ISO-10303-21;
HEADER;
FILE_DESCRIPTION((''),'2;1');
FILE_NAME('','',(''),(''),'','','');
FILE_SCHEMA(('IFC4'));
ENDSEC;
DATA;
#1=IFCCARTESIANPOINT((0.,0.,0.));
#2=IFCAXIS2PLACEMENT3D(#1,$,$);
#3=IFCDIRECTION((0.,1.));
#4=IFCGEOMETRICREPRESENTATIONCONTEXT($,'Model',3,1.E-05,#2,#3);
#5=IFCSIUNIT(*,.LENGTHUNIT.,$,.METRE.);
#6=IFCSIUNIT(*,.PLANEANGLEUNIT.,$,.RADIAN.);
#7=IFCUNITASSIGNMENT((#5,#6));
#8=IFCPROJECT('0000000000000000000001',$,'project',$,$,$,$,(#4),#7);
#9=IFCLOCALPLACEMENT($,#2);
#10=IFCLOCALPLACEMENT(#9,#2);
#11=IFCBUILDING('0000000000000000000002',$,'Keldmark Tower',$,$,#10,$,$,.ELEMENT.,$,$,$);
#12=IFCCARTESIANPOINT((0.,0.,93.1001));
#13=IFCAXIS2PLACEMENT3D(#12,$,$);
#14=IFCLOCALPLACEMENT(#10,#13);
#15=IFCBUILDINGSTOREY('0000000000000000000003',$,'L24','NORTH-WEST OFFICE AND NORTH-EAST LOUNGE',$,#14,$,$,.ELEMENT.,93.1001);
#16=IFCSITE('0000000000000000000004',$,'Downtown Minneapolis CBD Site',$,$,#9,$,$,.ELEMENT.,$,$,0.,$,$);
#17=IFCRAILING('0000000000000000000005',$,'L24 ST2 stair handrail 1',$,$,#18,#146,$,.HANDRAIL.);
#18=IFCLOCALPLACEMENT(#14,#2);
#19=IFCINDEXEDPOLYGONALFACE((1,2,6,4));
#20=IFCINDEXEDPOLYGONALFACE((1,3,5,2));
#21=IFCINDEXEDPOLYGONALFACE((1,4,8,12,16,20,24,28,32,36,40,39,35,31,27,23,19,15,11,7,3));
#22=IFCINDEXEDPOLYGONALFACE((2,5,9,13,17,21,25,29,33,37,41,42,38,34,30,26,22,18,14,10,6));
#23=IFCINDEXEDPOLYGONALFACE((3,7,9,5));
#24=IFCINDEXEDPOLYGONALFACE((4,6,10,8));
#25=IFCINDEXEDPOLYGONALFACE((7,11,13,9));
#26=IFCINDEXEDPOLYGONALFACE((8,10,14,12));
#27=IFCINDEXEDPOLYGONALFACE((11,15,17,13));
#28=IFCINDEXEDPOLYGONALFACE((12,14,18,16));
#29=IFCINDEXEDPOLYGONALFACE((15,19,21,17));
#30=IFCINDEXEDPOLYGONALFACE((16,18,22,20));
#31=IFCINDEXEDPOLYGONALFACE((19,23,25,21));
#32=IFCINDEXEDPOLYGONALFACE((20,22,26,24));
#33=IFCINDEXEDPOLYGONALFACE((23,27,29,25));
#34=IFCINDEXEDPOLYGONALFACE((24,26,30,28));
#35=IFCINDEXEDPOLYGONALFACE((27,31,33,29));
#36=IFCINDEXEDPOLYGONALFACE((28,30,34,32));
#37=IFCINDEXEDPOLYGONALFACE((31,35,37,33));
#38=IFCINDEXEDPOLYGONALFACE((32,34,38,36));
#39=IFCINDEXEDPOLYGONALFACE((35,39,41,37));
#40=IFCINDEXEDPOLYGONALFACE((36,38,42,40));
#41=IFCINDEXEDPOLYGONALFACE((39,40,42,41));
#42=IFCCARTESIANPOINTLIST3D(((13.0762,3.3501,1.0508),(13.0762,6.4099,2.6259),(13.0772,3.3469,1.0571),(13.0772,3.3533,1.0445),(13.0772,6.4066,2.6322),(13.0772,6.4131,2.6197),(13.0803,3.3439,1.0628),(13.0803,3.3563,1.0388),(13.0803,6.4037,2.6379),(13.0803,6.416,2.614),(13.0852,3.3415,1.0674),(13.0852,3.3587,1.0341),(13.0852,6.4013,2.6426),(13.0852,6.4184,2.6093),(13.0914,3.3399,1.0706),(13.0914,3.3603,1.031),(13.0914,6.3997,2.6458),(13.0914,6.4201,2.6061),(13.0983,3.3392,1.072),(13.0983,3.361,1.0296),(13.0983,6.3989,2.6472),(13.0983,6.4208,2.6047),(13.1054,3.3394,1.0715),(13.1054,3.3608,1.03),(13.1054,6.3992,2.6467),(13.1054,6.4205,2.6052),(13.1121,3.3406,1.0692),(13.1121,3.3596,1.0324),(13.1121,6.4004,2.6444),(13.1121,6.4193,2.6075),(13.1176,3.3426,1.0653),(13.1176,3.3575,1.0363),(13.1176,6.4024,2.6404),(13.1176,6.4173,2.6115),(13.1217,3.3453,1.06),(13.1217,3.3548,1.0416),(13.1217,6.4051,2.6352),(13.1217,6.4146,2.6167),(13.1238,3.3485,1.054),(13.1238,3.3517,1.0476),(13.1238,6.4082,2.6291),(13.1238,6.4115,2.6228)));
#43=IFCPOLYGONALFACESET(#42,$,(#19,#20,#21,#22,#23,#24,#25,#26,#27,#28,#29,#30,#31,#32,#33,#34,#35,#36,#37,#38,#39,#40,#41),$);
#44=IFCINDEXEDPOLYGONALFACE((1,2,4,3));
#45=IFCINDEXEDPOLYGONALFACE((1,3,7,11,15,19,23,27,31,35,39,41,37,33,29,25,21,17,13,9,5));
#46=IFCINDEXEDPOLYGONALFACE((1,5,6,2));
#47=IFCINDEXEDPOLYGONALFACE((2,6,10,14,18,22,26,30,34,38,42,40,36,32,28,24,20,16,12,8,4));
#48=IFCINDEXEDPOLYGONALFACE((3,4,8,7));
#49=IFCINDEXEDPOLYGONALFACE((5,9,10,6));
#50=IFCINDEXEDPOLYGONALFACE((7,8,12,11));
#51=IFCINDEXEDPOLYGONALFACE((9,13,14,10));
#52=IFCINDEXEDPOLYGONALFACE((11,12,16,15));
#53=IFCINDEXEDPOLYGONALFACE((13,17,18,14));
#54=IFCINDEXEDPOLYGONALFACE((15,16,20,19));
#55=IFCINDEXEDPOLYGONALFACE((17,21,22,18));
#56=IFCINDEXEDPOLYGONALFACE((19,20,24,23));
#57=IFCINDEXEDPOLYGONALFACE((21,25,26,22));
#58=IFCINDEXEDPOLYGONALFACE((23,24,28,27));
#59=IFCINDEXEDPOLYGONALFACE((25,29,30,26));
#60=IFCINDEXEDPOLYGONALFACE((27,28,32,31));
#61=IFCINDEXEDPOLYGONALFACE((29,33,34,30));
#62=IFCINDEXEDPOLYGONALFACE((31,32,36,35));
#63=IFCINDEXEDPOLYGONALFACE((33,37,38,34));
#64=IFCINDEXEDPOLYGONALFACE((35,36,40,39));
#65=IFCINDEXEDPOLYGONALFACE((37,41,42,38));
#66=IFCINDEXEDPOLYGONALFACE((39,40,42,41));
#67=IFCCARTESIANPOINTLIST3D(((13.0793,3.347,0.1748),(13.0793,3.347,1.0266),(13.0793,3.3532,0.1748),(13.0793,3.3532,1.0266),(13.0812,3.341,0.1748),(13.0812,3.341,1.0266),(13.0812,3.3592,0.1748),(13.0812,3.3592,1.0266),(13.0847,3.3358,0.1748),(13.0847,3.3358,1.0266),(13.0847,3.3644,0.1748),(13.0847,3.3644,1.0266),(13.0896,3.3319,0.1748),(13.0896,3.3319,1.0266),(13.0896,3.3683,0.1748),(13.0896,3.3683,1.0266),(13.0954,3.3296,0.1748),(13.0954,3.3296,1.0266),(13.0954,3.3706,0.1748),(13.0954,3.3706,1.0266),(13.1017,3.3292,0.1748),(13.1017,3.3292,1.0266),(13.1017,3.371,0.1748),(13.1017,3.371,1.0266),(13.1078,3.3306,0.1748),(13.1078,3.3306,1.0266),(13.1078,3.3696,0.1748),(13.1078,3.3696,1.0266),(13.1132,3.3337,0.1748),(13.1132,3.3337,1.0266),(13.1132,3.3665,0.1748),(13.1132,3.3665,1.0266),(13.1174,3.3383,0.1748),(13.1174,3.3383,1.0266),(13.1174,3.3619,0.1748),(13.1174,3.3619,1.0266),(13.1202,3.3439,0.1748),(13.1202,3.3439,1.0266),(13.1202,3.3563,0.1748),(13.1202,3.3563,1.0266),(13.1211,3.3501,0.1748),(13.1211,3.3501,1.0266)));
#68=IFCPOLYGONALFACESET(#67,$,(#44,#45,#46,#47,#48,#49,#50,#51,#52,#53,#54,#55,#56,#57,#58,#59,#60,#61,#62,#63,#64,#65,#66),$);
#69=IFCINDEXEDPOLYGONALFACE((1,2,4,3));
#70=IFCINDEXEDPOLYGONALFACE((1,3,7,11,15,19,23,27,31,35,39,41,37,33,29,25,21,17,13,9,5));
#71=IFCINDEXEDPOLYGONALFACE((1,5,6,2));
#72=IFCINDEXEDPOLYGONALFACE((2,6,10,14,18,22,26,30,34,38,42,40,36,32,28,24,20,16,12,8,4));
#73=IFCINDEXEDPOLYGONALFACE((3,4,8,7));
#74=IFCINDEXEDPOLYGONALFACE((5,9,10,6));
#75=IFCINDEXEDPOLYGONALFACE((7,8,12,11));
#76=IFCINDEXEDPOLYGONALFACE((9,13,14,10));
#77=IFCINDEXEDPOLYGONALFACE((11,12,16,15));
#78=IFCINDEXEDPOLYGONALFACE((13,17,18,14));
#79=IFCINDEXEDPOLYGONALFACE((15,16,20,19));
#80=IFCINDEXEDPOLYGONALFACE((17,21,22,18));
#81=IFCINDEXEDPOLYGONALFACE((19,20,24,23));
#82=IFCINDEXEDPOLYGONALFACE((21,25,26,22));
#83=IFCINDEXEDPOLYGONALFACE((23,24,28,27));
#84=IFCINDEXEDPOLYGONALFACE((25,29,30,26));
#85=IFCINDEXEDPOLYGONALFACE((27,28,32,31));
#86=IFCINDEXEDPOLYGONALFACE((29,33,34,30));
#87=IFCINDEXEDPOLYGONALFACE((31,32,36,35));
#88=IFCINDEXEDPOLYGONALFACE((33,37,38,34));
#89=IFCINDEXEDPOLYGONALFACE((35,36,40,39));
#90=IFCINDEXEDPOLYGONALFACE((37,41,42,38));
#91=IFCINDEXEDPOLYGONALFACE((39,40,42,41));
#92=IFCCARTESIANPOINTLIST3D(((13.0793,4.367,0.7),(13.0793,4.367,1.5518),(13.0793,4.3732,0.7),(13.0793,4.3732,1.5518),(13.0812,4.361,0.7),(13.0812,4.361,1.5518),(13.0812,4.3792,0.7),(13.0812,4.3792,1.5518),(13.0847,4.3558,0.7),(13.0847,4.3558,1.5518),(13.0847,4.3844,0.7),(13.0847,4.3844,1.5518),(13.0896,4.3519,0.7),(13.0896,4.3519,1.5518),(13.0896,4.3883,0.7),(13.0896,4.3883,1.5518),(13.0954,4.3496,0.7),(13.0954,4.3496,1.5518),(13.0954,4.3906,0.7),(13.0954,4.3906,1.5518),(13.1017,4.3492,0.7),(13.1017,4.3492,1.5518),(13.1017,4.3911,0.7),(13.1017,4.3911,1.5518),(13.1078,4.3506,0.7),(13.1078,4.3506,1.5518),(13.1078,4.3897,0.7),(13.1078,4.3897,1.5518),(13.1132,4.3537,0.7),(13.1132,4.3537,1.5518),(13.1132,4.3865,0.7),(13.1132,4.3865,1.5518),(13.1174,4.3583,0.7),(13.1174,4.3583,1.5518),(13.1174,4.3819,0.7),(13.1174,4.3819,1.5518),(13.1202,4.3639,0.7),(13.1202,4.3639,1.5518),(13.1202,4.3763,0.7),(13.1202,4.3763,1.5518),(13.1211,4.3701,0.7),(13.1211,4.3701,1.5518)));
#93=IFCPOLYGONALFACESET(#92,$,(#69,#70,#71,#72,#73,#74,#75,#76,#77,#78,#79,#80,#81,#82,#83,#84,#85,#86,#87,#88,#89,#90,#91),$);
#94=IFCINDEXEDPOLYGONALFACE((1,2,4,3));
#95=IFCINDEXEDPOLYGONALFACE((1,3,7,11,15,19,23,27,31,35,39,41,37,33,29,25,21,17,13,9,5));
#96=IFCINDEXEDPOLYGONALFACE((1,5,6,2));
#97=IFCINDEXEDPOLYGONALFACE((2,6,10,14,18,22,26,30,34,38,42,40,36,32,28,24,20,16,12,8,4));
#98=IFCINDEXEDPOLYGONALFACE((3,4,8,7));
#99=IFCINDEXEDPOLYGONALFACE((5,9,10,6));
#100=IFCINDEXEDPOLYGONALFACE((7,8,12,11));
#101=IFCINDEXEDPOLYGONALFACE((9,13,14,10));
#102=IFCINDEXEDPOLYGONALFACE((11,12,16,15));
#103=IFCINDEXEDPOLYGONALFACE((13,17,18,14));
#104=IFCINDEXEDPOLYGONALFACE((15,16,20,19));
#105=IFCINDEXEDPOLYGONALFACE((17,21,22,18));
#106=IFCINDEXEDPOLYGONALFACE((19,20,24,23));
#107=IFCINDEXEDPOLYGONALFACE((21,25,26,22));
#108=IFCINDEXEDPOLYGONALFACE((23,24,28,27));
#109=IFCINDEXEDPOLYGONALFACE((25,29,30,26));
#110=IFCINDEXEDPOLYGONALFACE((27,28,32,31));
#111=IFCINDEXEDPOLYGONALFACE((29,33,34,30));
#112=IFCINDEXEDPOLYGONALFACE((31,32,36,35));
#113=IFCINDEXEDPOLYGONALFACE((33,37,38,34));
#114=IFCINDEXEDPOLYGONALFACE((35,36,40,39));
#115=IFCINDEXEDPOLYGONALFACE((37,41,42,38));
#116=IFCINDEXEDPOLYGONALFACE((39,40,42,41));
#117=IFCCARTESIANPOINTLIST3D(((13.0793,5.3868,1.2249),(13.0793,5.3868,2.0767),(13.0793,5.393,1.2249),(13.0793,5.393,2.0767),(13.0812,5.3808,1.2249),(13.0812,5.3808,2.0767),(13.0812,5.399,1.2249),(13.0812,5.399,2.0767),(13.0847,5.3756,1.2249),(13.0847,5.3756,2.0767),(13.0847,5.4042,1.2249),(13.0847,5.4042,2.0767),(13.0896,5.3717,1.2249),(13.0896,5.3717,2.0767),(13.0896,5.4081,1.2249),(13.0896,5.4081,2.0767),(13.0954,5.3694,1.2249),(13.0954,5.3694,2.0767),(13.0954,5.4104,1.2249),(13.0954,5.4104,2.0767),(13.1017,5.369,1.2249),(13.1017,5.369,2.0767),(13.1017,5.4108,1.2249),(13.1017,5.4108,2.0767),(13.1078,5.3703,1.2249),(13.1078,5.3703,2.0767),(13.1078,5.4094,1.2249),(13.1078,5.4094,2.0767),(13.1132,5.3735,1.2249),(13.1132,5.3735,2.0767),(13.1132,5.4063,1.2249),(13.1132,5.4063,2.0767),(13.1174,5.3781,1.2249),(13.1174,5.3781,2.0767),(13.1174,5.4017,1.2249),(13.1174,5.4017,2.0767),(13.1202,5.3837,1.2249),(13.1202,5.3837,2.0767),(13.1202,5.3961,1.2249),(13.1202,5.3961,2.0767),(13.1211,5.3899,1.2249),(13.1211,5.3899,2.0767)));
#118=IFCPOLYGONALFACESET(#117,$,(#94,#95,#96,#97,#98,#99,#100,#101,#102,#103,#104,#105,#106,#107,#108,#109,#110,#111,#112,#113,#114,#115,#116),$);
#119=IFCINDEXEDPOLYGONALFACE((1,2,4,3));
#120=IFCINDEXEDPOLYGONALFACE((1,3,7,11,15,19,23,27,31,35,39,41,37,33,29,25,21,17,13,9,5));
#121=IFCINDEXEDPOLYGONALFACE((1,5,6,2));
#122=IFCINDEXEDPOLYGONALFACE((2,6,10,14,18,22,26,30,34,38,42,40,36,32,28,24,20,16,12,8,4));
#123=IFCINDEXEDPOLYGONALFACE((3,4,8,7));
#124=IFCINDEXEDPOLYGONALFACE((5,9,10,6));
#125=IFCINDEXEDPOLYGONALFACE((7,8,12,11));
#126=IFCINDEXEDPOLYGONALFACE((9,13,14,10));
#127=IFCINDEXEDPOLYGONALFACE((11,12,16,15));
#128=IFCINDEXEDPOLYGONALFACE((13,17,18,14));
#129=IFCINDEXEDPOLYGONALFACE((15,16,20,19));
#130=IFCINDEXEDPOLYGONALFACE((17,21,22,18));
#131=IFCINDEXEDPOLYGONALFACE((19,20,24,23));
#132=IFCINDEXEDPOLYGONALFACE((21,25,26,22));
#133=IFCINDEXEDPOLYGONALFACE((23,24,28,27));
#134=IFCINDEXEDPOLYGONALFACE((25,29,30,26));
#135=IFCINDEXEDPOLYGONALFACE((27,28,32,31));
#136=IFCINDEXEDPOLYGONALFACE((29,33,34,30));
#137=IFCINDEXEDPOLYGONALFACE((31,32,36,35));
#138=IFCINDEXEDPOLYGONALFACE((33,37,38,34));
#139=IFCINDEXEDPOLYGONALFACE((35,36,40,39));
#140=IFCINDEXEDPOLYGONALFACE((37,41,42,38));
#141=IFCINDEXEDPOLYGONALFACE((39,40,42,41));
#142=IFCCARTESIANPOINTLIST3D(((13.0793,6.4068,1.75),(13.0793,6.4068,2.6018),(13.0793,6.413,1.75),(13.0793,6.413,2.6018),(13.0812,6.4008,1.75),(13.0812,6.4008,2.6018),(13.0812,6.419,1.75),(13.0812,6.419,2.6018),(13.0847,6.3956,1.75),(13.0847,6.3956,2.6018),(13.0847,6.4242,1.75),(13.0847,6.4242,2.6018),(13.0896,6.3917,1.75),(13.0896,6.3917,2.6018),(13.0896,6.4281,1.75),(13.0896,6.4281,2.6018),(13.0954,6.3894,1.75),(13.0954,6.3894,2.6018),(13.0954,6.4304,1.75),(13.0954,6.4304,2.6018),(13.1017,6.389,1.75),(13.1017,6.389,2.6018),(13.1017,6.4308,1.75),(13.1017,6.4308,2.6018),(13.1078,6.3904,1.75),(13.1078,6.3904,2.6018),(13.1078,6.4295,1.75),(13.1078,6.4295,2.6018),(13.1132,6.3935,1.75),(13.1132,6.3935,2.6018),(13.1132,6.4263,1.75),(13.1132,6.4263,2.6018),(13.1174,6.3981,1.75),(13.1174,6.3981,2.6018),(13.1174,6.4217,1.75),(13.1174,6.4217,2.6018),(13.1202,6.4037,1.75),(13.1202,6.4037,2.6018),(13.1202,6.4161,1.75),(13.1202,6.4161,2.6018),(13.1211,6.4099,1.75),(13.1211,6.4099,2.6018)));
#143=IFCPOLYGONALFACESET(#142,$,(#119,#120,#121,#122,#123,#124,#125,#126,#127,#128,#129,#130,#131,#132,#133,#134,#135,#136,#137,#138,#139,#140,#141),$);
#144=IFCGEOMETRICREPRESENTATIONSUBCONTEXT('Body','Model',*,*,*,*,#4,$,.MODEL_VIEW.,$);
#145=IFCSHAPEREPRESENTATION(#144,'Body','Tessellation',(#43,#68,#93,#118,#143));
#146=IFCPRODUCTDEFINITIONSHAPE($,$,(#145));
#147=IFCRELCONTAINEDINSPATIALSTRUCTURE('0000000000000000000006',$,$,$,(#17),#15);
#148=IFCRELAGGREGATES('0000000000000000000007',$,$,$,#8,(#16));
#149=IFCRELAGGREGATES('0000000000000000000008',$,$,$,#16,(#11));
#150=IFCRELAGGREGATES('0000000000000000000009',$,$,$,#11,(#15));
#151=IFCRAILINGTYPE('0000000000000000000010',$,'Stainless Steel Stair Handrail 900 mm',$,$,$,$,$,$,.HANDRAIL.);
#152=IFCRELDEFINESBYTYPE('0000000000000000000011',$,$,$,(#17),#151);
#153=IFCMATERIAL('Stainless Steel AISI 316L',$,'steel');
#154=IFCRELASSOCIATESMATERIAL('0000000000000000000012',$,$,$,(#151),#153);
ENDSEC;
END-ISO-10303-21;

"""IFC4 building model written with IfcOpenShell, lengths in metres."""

from ifc_helpers import new_model, si_unit, direction, frame, origin, origin_2d, place, context, subcontext, project, spatial, circle, extrude, material, type_object, element, save


model = new_model("IFC4")

# Units and contexts
model_context = context("Model", 3, precision=1e-05, world=origin(), true_north=direction((0.0, 1.0)))
body_context = subcontext(model_context, "Body", "Model", "MODEL_VIEW")
ifc_project = project(units=[si_unit("LENGTHUNIT", "METRE"), si_unit("PLANEANGLEUNIT", "RADIAN")], contexts=[model_context])

# Site, building, storey
site_placement = place(None, origin())
site = spatial("IfcSite", under=ifc_project, at=site_placement, Name="Downtown Minneapolis CBD Site", CompositionType="ELEMENT", RefElevation=0.0)
building_placement = place(site_placement, origin())
building = spatial("IfcBuilding", under=site, at=building_placement, Name="Keldmark Tower", CompositionType="ELEMENT")
storey_placement = place(building_placement, frame((0.0, 0.0, 93.1001)))
storey = spatial("IfcBuildingStorey", under=building, at=storey_placement, Name="L24", Description="NORTH-WEST OFFICE AND NORTH-EAST LOUNGE", CompositionType="ELEMENT", Elevation=93.1001)

# Railing
ifc_material_1 = material(Name="Stainless Steel AISI 316L", Category="steel")
railing_type_1 = type_object("IfcRailingType", Name="Stainless Steel Stair Handrail 900 mm", PredefinedType="HANDRAIL", material=ifc_material_1)
railing_1_placement = place(storey_placement, frame((13.1001, 3.3501, 0.1748)))
element("IfcRailing", 1, at=railing_1_placement, inside=storey, type_object=railing_type_1, Name="L24 ST2 stair handrail 1", PredefinedType="HANDRAIL", context=body_context, shape_type="SweptSolid", body=[
    extrude(circle(Radius=0.0239, at=origin_2d()), frame((0.0, 0.0, 0.876), z_axis=(0.0, 0.889101, 0.45771), x_axis=(-1.0, 0.0, 0.0)), (0.0, 0.0, 1.0), 3.4414),
    extrude(circle(Radius=0.021, at=origin_2d()), origin(), (0.0, 0.0, 1.0), 0.8518),
    extrude(circle(Radius=0.021, at=origin_2d()), frame((0.0, 1.02, 0.5251)), (0.0, 0.0, 1.0), 0.8518),
    extrude(circle(Radius=0.021, at=origin_2d()), frame((0.0, 2.0398, 1.05)), (0.0, 0.0, 1.0), 0.8518),
    extrude(circle(Radius=0.021, at=origin_2d()), frame((0.0, 3.0598, 1.5752)), (0.0, 0.0, 1.0), 0.8518),
])

save(model, "model.ifc")
